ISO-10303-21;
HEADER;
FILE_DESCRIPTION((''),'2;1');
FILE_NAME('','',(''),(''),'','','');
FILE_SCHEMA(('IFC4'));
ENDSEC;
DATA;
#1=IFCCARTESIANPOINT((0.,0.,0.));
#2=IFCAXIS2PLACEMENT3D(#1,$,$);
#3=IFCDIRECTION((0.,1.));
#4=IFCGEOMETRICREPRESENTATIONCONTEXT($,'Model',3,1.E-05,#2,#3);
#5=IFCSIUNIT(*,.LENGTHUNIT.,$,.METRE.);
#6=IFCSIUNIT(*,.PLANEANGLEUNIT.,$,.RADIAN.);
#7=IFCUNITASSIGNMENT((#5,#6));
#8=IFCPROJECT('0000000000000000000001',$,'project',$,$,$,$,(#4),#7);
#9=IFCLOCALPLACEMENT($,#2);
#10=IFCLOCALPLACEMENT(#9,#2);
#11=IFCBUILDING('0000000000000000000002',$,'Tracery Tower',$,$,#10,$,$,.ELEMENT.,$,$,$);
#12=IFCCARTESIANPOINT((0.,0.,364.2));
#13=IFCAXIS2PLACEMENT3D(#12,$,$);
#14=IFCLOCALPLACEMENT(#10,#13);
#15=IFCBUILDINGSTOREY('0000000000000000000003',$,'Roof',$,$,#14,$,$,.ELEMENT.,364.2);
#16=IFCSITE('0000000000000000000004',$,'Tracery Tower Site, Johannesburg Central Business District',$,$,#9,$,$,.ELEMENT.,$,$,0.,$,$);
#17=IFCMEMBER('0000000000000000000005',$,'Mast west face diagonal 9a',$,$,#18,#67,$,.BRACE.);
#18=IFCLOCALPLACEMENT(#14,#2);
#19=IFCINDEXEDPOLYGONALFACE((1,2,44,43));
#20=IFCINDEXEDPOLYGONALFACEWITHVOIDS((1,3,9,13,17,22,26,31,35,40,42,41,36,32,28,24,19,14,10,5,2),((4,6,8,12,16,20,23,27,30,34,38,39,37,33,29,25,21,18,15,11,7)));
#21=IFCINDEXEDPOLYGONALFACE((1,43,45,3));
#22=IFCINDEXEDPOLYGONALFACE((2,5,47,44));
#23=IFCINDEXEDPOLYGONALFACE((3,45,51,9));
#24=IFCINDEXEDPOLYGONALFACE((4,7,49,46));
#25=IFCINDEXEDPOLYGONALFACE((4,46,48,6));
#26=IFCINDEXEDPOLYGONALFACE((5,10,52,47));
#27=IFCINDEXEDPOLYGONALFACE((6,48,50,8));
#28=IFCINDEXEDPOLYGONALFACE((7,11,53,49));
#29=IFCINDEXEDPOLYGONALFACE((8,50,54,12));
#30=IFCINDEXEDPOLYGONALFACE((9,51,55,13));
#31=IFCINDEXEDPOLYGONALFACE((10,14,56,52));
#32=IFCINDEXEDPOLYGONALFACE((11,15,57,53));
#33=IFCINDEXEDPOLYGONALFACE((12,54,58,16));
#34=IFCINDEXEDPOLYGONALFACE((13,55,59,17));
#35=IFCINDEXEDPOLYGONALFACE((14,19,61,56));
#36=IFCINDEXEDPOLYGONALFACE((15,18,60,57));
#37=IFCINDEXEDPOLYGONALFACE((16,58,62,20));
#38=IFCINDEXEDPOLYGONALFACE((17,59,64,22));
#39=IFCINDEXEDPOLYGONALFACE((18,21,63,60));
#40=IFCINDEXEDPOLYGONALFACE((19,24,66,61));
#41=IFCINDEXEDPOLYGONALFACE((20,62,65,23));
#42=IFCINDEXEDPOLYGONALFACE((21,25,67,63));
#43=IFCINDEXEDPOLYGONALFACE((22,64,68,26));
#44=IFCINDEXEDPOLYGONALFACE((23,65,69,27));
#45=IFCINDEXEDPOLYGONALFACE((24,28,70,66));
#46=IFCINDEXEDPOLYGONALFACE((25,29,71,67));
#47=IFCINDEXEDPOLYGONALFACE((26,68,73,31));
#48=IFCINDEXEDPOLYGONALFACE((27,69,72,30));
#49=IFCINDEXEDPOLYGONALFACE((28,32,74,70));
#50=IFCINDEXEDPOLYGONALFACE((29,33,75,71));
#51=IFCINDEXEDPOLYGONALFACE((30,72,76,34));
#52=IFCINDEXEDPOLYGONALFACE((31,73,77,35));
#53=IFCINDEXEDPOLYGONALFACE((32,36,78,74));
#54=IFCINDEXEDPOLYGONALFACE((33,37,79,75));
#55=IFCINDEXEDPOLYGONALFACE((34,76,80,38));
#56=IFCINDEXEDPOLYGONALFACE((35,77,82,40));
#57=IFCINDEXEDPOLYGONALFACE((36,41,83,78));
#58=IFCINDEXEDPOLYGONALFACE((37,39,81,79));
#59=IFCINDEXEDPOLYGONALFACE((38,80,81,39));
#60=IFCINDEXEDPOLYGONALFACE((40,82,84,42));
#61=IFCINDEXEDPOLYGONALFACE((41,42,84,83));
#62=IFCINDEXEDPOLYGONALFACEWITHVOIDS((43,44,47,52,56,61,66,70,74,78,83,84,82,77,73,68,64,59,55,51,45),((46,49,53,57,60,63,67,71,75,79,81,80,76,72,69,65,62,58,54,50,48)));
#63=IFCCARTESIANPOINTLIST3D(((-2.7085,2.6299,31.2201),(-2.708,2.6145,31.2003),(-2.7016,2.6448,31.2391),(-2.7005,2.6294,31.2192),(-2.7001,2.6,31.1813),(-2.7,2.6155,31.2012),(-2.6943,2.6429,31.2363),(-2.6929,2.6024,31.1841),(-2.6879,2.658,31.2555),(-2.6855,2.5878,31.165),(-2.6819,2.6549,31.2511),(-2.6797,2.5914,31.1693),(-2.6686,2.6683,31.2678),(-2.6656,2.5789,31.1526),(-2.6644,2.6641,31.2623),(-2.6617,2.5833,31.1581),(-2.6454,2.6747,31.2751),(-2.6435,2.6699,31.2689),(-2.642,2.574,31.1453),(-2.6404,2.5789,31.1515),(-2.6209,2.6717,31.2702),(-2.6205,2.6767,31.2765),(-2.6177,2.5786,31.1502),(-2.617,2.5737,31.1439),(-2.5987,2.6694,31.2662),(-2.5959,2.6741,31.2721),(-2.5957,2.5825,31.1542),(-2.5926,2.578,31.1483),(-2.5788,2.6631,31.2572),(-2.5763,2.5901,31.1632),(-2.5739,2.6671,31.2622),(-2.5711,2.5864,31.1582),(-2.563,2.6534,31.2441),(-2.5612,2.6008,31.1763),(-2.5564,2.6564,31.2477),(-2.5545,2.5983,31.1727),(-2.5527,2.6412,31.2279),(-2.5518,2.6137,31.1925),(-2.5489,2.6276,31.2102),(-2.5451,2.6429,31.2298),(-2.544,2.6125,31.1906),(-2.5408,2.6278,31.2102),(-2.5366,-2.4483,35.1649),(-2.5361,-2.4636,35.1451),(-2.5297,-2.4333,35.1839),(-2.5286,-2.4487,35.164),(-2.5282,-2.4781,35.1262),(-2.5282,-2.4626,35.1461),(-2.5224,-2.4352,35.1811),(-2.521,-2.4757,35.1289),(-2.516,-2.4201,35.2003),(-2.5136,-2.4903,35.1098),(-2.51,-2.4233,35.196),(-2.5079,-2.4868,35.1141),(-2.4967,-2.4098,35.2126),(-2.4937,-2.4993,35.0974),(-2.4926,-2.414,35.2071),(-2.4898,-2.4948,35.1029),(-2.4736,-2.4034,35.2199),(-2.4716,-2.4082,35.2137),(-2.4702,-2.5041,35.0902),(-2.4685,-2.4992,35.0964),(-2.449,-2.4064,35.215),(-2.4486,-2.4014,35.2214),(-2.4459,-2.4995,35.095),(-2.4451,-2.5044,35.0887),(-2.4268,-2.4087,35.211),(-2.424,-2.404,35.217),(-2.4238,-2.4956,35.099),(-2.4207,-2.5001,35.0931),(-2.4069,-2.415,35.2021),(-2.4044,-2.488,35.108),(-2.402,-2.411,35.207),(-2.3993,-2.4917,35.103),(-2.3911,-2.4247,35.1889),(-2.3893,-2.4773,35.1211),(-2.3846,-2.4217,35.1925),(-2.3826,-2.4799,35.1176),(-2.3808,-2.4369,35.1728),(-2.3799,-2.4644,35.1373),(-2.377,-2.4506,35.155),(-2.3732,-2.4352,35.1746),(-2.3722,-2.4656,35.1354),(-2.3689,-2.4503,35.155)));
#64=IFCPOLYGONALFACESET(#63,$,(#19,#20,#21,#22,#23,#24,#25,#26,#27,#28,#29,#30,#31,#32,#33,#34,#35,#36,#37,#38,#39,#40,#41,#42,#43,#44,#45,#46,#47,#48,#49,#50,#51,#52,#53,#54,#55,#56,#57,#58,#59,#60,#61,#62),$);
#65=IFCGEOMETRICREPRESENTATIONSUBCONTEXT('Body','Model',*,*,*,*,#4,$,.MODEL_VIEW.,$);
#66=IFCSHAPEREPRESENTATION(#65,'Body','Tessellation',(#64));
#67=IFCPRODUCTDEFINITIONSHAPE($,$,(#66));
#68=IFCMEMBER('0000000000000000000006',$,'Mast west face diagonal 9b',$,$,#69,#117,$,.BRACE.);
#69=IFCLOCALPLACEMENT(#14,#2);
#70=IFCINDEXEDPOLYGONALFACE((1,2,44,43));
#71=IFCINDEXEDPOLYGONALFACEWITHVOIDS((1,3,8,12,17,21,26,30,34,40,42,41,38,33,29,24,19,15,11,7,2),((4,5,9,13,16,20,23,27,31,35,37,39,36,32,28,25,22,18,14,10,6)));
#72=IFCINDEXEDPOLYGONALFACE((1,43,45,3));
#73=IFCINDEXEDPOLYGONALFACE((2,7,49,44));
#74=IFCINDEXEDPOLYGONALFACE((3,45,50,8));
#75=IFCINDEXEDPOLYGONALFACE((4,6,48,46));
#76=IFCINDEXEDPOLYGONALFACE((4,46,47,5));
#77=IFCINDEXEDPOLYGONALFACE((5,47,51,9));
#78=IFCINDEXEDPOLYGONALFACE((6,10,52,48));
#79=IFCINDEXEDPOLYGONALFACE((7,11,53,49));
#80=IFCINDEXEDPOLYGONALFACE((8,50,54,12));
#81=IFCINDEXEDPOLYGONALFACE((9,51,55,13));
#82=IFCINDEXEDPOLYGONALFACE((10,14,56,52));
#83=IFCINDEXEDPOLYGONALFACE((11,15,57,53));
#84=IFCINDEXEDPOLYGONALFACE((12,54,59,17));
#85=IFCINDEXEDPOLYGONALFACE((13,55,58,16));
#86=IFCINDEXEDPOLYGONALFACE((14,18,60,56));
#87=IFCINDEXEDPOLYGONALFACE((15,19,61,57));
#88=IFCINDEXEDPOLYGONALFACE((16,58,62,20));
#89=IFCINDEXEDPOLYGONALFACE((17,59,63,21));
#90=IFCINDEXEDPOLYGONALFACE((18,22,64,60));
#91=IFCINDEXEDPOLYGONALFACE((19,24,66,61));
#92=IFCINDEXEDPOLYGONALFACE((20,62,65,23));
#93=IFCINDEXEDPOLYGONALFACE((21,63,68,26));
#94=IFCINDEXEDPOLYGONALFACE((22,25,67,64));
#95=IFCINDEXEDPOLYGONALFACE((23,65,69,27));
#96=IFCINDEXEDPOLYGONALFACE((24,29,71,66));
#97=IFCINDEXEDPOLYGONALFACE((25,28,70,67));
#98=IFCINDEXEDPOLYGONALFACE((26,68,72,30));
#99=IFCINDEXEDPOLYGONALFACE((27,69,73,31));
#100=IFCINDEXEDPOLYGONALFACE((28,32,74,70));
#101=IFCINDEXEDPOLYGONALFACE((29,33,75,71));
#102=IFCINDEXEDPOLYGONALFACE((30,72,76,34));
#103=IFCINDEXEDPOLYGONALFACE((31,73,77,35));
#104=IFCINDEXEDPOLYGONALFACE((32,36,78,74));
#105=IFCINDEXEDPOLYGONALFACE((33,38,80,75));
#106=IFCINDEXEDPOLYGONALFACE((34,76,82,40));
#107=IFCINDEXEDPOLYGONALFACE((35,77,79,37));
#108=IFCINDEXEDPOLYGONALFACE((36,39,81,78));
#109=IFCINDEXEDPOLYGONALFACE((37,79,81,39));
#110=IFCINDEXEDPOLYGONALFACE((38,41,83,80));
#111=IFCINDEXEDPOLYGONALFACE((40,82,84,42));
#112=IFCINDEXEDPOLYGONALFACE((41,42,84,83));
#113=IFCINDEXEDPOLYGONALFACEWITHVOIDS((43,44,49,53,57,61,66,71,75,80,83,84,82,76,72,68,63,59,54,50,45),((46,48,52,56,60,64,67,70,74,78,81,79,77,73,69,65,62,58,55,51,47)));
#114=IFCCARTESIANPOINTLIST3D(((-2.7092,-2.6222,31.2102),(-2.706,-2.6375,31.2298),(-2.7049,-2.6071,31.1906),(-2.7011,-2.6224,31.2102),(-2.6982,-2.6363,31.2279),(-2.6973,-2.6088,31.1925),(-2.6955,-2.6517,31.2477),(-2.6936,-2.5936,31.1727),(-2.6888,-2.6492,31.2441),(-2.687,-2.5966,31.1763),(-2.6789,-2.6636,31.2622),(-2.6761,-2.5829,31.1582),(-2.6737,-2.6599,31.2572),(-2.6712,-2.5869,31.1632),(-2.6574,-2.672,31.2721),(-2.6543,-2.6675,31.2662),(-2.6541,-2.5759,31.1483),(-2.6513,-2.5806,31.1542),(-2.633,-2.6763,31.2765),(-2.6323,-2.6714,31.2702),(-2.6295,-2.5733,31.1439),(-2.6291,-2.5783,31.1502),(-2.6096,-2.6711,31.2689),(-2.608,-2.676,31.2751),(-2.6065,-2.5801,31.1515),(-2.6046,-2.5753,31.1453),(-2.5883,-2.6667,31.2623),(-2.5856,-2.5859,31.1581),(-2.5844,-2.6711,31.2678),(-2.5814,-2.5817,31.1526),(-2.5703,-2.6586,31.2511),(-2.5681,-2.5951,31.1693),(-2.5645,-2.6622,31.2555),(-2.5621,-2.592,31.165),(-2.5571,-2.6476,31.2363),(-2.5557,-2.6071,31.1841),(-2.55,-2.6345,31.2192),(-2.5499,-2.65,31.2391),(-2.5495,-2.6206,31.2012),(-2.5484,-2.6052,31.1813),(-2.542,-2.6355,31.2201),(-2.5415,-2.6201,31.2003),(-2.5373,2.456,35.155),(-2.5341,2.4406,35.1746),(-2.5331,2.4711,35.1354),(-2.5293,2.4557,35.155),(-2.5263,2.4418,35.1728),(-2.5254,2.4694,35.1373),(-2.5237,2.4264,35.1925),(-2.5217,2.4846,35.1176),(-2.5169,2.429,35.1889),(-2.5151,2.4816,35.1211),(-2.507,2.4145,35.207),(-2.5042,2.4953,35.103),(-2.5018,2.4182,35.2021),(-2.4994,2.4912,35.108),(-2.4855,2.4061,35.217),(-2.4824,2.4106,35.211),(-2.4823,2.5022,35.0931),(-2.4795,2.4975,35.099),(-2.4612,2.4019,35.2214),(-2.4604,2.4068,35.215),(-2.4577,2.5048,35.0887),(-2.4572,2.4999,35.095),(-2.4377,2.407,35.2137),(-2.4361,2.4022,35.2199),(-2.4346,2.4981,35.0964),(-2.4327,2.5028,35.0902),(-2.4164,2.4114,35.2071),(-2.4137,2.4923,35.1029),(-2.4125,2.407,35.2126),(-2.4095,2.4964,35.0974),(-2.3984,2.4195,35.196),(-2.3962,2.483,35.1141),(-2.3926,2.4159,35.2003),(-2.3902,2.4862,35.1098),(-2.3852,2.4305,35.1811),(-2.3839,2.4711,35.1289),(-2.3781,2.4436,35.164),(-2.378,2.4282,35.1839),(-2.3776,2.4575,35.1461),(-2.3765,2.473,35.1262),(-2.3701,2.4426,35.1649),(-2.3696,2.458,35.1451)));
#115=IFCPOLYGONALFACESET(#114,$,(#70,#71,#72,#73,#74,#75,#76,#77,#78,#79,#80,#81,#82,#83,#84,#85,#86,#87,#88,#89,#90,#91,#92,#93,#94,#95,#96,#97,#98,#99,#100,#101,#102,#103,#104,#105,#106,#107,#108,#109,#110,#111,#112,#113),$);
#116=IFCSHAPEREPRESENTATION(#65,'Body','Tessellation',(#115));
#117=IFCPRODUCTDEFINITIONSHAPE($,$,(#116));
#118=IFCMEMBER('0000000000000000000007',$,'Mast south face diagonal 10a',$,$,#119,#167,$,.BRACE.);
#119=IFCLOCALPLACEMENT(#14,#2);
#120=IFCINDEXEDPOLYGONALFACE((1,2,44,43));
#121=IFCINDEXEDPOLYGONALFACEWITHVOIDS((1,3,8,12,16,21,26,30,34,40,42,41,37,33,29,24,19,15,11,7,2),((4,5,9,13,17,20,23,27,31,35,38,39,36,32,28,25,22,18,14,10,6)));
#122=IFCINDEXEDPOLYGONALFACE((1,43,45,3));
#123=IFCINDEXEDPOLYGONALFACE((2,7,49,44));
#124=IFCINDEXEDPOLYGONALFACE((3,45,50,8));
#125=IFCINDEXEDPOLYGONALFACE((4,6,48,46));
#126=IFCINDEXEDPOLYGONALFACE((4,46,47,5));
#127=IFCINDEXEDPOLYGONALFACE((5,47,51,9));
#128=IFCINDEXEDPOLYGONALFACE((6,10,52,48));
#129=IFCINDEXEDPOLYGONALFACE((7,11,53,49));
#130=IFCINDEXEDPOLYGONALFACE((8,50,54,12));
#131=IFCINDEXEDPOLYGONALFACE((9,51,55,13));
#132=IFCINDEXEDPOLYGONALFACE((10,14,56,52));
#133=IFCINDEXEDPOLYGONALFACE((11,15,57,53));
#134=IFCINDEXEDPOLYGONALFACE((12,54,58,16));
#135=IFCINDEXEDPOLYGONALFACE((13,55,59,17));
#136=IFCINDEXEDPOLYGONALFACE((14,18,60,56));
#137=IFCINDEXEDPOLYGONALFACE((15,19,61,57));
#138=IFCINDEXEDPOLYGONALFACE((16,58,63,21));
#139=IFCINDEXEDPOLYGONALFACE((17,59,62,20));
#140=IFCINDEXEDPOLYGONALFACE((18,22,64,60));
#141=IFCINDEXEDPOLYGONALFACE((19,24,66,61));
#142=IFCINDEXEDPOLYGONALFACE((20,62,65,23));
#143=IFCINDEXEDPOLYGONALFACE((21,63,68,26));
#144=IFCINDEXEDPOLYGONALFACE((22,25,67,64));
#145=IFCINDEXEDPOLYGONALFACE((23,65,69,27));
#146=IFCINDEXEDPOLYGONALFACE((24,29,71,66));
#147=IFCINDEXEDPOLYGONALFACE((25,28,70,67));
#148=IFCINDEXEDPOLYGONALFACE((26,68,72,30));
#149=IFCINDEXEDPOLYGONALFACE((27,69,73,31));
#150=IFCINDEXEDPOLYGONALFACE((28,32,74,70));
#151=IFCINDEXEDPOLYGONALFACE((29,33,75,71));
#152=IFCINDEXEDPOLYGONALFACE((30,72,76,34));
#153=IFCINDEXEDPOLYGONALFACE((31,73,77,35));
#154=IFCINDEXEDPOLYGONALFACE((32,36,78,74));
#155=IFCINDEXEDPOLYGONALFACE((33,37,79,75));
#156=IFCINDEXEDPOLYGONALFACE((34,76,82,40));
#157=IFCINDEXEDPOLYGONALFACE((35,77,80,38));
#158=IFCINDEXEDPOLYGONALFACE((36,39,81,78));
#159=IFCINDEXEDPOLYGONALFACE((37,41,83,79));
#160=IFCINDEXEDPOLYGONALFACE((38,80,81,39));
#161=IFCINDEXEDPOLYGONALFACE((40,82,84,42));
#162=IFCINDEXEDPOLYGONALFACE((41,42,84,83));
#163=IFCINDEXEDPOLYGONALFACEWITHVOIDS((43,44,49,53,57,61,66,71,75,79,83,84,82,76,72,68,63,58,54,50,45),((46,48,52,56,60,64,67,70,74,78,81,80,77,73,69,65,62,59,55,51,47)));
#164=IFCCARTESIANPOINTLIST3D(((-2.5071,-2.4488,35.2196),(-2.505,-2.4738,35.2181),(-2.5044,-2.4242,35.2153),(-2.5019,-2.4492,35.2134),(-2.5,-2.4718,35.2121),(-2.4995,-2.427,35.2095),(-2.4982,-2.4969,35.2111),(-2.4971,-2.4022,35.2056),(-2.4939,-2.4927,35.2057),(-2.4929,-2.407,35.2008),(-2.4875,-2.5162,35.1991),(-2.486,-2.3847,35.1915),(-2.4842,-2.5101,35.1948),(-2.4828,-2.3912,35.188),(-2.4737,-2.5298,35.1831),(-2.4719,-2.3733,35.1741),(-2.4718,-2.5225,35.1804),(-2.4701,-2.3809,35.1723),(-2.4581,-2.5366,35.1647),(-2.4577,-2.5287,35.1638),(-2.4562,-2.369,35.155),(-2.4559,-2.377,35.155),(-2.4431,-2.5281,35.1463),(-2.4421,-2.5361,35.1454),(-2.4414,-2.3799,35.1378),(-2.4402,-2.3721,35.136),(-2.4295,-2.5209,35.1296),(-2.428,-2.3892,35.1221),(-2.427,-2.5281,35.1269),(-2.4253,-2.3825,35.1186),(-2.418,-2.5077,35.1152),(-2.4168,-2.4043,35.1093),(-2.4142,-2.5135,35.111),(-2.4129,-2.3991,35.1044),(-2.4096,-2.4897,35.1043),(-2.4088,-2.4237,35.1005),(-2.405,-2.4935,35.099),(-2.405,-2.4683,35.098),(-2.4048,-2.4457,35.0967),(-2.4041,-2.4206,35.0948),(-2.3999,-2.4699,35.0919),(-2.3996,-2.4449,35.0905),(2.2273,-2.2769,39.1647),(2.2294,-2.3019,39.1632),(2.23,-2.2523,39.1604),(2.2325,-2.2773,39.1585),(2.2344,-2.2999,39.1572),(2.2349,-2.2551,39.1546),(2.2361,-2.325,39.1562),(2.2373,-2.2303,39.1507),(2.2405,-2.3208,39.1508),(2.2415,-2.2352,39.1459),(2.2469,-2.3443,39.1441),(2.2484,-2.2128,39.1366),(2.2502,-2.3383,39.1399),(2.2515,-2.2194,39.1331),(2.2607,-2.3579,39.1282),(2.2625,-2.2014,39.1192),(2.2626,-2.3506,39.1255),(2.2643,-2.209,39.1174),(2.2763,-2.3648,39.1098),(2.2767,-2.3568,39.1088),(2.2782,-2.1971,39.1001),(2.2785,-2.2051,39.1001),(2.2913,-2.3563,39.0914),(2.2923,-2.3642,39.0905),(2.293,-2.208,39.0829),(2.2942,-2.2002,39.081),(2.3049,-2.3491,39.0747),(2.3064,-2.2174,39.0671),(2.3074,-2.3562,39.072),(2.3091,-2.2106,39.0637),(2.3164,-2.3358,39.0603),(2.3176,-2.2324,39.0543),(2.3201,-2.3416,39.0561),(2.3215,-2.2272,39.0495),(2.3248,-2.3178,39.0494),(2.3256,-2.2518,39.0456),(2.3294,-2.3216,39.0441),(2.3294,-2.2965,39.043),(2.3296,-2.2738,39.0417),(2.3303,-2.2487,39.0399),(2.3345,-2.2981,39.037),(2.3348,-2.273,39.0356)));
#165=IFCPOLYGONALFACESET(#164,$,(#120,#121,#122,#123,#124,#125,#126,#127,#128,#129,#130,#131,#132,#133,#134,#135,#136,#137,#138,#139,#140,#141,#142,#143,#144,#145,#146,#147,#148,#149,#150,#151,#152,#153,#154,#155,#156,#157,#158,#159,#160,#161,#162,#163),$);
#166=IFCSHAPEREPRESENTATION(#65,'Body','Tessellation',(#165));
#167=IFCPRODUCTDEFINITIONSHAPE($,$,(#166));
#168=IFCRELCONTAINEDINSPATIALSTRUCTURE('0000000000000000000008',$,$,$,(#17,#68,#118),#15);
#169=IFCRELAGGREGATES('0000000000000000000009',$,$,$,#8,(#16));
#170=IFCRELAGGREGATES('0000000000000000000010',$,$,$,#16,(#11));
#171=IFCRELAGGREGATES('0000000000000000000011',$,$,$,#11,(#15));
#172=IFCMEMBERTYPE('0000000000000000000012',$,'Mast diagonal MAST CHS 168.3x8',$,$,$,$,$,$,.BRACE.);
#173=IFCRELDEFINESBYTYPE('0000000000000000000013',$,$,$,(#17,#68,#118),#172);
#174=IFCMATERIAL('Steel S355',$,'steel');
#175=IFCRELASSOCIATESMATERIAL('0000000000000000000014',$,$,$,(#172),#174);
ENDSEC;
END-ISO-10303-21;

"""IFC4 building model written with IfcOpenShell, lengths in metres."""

from ifc_helpers import new_model, si_unit, direction, frame, origin, origin_2d, place, context, subcontext, project, spatial, hollow_circle, extrude, material, material_profile, profile_set, type_object, element, save


model = new_model("IFC4")

# Units and contexts
model_context = context("Model", 3, precision=1e-05, world=origin(), true_north=direction((0.0, 1.0)))
body_context = subcontext(model_context, "Body", "Model", "MODEL_VIEW")
ifc_project = project(units=[si_unit("LENGTHUNIT", "METRE"), si_unit("PLANEANGLEUNIT", "RADIAN")], contexts=[model_context])

# Site, building, storey
site_placement = place(None, origin())
site = spatial("IfcSite", under=ifc_project, at=site_placement, Name="Tracery Tower Site, Johannesburg Central Business District", CompositionType="ELEMENT", RefElevation=0.0)
building_placement = place(site_placement, origin())
building = spatial("IfcBuilding", under=site, at=building_placement, Name="Tracery Tower", CompositionType="ELEMENT")
storey_placement = place(building_placement, frame((0.0, 0.0, 364.2)))
storey = spatial("IfcBuildingStorey", under=building, at=storey_placement, Name="Roof", CompositionType="ELEMENT", Elevation=364.2)

# Members
ifc_material_1 = material(Name="Steel S355", Category="steel")
ifc_material_profile_1 = material_profile(ifc_material_1, hollow_circle(Radius=0.0842, WallThickness=0.0081, at=origin_2d()), Name="CHS 168.3x8")
ifc_profile_set_1 = profile_set([ifc_material_profile_1], Name="Steel S355")
member_type_1 = type_object("IfcMemberType", Name="Mast diagonal MAST CHS 168.3x8", PredefinedType="BRACE", material=ifc_profile_set_1)
for number, where, z_axis, x_axis, name in (
    (1, (-2.625, 2.625, 31.2102), (0.026719, -0.789434, 0.613254), (0.999428, 0.033827, 0.0), "Mast west face diagonal 9a"),
    (2, (-2.625, -2.625, 31.2102), (0.026719, 0.789434, 0.613254), (-0.999428, 0.033827, 0.0), "Mast west face diagonal 9b"),
):
    element("IfcMember", number, at=place(storey_placement, frame(where, z_axis=z_axis, x_axis=x_axis)), inside=storey, type_object=member_type_1, Name=name, PredefinedType="BRACE", context=body_context, shape_type="SweptSolid", body=[
        extrude(hollow_circle(Radius=0.0842, WallThickness=0.0081, at=origin_2d()), origin(), (0.0, 0.0, 1.0), 6.4326),
    ])
for number, where, z_axis, x_axis, name in (
    (3, (-2.4531, -2.4531, 35.155), (0.767942, 0.027879, 0.639912), (-0.03628, 0.999342, 0.0), "Mast south face diagonal 10a"),
):
    element("IfcMember", number, at=place(storey_placement, frame(where, z_axis=z_axis, x_axis=x_axis)), inside=storey, type_object=member_type_1, Name=name, PredefinedType="BRACE", context=body_context, shape_type="SweptSolid", body=[
        extrude(hollow_circle(Radius=0.0842, WallThickness=0.0081, at=origin_2d()), origin(), (0.0, 0.0, 1.0), 6.165),
    ])

save(model, "model.ifc")
